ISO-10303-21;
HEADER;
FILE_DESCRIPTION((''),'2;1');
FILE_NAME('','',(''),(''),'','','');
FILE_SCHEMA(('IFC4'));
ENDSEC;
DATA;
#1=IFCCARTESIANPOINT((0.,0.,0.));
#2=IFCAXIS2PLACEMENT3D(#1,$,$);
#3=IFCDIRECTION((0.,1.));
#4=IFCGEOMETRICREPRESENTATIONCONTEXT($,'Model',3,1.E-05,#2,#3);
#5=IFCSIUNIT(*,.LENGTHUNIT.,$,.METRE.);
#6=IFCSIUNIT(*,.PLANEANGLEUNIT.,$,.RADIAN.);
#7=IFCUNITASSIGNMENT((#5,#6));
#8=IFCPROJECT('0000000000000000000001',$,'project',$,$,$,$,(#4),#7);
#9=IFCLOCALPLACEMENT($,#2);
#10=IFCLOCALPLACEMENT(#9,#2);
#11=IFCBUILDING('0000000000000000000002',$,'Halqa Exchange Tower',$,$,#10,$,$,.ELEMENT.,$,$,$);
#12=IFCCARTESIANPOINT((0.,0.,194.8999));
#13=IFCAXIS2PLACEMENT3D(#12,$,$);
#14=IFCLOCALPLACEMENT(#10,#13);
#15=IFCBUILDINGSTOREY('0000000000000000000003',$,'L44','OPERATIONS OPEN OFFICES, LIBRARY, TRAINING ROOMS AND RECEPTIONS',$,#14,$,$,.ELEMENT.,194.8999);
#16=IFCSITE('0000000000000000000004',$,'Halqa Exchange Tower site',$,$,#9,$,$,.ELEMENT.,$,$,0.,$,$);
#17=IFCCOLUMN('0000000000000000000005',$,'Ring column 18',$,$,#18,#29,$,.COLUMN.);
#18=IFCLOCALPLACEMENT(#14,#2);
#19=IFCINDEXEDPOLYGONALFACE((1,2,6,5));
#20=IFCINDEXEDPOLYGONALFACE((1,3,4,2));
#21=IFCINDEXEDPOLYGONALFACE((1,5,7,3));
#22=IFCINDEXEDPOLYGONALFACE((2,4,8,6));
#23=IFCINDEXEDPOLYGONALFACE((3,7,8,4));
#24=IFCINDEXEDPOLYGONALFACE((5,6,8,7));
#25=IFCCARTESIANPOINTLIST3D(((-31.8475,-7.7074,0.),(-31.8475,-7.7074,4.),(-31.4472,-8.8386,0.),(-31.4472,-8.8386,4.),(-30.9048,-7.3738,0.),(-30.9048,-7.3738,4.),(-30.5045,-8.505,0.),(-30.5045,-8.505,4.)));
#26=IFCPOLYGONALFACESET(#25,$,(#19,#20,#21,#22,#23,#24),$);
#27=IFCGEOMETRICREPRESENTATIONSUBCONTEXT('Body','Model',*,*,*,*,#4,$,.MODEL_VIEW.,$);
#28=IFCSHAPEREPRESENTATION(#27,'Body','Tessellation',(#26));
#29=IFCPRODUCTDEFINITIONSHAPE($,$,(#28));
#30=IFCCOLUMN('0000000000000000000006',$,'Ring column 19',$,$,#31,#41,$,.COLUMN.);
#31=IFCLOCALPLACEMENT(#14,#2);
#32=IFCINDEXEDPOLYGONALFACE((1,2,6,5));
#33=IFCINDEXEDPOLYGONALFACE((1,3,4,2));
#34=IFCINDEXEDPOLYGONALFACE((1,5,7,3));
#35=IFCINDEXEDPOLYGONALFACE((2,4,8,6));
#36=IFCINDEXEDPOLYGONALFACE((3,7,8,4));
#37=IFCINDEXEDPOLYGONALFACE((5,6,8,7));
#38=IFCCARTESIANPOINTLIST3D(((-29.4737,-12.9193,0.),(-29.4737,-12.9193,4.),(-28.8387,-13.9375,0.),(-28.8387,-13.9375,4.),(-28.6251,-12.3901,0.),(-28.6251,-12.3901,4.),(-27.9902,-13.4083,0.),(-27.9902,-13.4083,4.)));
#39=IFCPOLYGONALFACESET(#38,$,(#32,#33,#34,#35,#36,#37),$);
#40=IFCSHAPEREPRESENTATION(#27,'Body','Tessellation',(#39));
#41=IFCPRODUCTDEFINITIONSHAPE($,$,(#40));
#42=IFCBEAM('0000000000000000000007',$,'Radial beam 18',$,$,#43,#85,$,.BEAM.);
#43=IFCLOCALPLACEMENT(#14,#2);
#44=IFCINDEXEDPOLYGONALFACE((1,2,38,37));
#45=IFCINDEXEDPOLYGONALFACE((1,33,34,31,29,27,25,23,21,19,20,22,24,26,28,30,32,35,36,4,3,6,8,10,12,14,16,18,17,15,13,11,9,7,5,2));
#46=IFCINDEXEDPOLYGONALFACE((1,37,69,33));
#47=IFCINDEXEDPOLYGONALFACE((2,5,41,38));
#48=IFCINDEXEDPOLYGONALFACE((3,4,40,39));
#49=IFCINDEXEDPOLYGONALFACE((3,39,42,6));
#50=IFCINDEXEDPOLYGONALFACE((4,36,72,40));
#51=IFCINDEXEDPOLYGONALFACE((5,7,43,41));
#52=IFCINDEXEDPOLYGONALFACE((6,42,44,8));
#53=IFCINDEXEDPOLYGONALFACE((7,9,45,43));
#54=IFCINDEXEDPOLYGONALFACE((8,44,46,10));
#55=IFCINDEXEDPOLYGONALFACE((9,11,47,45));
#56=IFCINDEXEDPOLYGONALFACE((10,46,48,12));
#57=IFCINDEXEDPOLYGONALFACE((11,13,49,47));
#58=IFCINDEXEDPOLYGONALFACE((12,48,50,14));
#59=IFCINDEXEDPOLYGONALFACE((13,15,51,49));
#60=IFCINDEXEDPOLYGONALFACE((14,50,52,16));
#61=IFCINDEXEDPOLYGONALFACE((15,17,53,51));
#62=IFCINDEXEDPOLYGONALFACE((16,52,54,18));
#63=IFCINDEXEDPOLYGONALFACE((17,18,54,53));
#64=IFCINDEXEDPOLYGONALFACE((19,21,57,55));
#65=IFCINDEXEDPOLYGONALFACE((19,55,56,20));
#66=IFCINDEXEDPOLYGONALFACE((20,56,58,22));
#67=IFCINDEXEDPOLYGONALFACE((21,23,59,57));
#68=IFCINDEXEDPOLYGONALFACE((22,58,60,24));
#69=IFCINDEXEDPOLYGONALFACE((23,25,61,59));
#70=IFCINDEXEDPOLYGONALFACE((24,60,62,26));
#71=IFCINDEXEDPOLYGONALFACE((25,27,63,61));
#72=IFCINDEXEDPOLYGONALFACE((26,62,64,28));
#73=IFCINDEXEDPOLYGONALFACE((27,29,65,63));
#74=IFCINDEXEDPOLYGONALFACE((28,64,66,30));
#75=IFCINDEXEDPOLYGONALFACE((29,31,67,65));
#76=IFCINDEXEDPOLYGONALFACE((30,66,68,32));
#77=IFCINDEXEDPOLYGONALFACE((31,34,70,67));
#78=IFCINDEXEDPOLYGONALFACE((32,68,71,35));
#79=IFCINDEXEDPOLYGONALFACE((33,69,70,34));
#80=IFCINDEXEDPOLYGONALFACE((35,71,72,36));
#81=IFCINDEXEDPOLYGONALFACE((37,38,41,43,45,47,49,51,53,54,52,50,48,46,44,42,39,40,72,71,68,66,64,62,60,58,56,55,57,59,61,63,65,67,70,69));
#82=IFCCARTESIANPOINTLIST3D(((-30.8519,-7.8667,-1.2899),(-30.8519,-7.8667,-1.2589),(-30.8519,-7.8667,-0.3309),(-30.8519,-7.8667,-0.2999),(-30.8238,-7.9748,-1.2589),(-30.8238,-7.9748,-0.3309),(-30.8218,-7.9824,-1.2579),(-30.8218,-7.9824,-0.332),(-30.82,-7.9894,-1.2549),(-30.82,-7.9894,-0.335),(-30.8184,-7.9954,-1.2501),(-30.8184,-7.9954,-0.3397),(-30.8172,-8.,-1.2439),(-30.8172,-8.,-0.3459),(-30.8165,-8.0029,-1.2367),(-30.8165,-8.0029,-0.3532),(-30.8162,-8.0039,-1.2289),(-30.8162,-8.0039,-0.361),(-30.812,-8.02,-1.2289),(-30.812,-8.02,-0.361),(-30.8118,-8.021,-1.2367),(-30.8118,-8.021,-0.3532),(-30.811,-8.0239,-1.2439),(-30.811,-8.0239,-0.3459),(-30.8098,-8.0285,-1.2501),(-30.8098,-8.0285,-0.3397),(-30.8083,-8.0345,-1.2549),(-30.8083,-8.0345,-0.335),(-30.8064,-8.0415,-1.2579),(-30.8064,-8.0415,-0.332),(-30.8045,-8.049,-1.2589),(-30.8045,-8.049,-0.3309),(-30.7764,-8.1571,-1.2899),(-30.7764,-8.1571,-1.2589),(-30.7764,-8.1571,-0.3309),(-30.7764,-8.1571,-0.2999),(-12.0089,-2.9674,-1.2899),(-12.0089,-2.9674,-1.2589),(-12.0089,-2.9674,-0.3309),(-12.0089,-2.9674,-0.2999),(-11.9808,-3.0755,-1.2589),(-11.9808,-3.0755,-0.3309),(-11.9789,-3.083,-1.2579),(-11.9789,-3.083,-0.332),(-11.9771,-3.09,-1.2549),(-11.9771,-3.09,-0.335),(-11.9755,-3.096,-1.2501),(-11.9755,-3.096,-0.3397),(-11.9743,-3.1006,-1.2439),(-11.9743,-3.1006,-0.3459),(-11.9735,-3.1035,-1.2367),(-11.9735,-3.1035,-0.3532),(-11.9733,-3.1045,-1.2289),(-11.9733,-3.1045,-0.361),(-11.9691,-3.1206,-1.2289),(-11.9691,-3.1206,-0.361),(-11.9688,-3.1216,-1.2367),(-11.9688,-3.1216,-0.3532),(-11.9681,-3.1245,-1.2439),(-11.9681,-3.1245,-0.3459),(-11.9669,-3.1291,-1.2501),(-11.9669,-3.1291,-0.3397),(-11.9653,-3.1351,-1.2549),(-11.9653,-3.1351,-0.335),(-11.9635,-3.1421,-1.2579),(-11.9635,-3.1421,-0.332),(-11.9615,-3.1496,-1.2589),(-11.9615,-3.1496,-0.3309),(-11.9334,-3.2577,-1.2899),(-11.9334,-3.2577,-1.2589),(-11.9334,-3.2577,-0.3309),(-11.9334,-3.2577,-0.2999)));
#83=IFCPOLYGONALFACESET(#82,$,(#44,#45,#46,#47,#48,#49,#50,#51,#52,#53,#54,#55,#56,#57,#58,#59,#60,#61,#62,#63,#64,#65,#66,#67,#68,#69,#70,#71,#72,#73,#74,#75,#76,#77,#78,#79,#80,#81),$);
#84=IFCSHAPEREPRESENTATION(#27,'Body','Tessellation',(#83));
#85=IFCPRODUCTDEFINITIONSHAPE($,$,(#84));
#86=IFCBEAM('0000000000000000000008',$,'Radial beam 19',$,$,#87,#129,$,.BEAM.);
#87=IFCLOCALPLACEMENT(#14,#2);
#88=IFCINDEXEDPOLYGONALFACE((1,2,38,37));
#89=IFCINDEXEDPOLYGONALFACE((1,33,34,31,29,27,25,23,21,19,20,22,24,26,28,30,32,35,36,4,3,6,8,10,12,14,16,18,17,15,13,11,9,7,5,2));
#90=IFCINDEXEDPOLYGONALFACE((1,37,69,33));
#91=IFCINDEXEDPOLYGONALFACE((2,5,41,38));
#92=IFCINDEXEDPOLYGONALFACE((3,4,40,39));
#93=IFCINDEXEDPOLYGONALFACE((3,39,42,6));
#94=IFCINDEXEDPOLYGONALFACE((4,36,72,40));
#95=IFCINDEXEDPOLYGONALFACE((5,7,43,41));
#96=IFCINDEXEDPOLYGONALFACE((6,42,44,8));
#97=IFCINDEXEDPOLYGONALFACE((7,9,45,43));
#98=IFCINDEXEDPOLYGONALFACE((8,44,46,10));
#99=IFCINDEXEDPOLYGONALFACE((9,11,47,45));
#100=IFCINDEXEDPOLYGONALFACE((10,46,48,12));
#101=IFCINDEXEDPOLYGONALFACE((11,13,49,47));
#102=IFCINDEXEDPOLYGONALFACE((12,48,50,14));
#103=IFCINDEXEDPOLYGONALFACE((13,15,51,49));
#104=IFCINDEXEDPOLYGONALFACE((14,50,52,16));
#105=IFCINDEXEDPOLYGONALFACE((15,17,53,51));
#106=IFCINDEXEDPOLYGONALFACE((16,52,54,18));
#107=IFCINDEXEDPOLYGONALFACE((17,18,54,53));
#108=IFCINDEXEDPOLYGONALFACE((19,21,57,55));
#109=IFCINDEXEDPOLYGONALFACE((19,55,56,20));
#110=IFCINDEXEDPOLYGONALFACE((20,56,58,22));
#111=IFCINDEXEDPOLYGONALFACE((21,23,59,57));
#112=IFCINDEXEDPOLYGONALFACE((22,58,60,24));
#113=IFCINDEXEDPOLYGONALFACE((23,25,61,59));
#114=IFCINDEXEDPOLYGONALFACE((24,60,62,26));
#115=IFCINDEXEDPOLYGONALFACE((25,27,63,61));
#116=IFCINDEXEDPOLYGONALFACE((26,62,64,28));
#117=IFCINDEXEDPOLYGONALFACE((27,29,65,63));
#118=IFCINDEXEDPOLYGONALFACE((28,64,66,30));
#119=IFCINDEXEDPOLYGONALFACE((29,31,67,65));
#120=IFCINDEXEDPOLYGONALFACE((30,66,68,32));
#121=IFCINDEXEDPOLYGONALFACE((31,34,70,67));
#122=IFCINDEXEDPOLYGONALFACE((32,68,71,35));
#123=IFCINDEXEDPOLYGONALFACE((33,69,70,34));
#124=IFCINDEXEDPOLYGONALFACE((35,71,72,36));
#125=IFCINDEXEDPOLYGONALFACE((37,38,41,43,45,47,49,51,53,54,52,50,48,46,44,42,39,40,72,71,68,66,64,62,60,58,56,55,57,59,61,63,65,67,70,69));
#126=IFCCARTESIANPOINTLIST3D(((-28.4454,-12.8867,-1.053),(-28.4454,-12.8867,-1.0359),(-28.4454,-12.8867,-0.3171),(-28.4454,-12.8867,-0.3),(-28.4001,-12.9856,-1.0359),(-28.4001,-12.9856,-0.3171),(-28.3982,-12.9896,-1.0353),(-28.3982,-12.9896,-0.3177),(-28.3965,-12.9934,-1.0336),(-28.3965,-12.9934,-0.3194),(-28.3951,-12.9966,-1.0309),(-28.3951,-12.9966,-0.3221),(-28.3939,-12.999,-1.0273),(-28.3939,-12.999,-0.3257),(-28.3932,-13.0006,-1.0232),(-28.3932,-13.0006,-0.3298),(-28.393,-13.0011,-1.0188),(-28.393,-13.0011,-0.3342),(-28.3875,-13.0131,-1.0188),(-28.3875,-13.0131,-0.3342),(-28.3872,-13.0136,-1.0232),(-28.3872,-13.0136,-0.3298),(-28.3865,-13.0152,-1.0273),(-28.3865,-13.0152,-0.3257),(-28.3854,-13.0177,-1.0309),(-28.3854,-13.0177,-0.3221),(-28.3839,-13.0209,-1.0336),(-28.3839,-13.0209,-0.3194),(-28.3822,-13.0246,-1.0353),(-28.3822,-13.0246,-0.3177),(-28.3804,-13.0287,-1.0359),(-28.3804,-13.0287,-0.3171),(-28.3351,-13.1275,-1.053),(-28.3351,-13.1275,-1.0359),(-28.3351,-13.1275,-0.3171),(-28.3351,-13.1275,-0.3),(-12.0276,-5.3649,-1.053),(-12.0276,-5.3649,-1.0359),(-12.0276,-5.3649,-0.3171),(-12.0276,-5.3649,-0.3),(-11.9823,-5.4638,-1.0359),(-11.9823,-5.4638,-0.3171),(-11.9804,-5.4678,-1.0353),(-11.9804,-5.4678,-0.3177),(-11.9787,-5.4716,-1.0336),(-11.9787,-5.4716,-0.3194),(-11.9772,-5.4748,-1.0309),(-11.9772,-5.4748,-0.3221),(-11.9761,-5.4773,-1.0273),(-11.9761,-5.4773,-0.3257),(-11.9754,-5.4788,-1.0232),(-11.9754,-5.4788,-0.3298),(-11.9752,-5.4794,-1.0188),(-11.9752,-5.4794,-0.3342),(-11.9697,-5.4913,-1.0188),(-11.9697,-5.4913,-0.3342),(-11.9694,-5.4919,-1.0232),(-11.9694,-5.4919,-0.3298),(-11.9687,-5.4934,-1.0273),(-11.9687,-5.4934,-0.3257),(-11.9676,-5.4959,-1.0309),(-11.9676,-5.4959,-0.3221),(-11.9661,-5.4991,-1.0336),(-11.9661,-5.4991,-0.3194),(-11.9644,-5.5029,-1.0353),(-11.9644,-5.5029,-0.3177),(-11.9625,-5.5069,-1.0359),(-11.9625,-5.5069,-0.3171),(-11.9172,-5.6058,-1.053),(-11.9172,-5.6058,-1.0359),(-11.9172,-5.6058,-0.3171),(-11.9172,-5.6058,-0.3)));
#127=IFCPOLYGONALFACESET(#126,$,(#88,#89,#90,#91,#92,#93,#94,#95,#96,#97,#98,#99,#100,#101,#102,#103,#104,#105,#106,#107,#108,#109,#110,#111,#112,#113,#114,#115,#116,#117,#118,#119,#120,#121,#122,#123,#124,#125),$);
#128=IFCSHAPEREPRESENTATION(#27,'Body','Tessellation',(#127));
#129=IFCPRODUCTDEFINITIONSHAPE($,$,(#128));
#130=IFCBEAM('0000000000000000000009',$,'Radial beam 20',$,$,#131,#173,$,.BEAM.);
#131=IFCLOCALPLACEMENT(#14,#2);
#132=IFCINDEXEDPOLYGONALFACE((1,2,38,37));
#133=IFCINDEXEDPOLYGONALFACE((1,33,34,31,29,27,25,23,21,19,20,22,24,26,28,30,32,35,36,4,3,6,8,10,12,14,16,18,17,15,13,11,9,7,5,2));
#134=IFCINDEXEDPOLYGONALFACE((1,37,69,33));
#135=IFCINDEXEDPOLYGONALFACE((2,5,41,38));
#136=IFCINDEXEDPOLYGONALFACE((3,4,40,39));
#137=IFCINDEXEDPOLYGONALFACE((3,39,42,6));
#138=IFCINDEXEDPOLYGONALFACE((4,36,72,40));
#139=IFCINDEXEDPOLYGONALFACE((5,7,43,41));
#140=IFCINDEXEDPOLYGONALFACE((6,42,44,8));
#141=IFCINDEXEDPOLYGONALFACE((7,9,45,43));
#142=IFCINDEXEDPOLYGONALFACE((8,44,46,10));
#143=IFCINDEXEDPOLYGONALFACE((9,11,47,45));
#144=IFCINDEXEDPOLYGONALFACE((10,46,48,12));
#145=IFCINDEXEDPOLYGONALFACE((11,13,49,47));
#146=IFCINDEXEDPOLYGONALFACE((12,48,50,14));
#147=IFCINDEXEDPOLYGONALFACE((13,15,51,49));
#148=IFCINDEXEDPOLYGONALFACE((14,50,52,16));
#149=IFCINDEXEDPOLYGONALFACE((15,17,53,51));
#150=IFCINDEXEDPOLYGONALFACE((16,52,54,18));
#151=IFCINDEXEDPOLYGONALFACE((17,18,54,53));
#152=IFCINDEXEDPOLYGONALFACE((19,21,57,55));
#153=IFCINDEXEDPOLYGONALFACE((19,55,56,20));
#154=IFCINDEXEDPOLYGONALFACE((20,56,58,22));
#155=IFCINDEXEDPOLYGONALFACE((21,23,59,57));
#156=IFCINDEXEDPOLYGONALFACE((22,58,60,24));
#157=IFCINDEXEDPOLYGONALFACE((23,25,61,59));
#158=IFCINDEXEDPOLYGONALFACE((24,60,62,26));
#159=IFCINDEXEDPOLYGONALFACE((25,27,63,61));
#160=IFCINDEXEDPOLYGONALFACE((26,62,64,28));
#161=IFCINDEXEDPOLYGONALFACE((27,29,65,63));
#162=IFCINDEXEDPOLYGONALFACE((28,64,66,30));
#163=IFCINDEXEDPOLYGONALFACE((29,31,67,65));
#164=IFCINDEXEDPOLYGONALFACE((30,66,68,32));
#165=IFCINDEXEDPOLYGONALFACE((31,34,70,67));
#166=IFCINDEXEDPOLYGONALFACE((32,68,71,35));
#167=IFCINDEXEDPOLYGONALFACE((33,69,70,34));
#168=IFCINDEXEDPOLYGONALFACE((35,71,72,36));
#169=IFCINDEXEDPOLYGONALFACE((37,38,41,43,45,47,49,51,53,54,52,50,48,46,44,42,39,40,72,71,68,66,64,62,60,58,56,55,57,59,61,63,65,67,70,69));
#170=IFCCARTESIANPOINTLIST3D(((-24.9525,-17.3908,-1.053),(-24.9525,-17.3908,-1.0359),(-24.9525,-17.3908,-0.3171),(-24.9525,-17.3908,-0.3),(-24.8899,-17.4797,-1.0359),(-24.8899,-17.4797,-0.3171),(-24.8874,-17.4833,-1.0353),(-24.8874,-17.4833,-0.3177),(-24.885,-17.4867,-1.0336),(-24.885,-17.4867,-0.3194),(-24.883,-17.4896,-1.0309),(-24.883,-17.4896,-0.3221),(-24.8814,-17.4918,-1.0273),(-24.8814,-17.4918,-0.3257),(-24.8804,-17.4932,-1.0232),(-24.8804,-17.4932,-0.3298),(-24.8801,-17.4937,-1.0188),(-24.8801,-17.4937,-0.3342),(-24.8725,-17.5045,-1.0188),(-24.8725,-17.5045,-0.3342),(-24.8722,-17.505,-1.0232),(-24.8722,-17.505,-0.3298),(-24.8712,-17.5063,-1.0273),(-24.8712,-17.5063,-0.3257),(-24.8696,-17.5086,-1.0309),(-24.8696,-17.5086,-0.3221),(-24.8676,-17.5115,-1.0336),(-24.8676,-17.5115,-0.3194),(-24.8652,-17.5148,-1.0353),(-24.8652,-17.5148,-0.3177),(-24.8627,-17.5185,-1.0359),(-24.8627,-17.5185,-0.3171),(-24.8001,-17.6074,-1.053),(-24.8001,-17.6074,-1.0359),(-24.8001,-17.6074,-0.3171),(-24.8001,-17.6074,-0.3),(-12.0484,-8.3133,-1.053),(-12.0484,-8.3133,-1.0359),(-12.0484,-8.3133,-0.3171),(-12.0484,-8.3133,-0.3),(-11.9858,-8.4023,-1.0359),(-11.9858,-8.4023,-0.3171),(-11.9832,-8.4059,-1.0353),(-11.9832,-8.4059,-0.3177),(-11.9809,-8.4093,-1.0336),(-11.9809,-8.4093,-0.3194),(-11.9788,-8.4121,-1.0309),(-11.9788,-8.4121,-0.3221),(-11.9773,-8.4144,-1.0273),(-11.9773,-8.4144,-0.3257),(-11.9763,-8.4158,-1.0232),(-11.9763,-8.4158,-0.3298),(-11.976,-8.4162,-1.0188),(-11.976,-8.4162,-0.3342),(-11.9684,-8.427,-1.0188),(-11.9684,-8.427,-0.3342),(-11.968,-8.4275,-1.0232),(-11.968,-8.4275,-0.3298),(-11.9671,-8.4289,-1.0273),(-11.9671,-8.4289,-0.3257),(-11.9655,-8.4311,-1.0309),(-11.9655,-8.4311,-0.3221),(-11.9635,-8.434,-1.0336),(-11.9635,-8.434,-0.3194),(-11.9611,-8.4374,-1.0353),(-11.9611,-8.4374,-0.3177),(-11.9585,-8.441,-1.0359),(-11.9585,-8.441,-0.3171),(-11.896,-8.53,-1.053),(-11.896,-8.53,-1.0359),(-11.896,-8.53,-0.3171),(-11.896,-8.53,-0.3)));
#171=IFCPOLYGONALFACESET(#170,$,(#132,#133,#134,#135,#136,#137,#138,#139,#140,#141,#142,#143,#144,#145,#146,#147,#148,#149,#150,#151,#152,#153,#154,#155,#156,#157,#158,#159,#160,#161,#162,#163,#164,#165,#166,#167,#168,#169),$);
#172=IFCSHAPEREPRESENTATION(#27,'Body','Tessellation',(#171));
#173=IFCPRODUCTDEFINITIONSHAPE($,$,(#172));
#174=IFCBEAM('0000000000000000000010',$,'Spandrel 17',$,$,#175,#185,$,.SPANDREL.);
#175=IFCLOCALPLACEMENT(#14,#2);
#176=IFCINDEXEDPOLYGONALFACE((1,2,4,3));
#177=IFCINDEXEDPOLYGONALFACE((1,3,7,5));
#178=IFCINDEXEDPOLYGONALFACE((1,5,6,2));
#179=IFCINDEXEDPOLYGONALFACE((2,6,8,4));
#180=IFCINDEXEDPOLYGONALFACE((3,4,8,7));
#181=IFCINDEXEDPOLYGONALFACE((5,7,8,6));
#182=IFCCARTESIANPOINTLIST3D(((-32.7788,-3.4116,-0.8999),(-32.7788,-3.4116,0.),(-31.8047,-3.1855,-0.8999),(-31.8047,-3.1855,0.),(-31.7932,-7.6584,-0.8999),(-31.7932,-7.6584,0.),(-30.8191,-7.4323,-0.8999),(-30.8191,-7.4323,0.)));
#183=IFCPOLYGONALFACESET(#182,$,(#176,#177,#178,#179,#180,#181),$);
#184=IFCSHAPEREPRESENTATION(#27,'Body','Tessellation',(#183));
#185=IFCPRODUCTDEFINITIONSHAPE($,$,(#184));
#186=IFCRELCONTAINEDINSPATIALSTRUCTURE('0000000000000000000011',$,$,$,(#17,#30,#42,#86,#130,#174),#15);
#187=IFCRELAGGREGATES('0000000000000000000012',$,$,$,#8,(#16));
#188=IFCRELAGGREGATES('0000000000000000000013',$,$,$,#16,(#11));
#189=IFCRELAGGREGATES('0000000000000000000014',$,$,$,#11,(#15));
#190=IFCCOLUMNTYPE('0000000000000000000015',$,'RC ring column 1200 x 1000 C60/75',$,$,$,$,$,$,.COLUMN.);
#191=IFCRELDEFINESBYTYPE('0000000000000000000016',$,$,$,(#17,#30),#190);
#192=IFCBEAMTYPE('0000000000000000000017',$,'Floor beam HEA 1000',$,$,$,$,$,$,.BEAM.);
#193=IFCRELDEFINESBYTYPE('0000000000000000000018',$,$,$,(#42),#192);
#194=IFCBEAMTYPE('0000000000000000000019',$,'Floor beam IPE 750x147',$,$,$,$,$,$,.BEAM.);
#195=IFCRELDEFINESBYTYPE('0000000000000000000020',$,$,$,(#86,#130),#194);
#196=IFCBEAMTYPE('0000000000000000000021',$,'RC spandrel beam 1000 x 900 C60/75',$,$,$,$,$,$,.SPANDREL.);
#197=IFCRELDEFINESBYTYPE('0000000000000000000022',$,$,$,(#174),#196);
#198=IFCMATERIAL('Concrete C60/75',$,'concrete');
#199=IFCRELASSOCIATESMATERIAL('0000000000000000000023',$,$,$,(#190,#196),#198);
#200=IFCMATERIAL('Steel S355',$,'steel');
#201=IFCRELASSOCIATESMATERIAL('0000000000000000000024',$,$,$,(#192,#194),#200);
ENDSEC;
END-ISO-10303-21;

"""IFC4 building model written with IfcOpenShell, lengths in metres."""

from ifc_helpers import new_model, si_unit, direction, frame, origin, origin_2d, place, context, subcontext, project, spatial, rectangle, i_section, extrude, material, material_profile, profile_set, type_object, element, save


model = new_model("IFC4")

# Units and contexts
model_context = context("Model", 3, precision=1e-05, world=origin(), true_north=direction((0.0, 1.0)))
body_context = subcontext(model_context, "Body", "Model", "MODEL_VIEW")
ifc_project = project(units=[si_unit("LENGTHUNIT", "METRE"), si_unit("PLANEANGLEUNIT", "RADIAN")], contexts=[model_context])

# Site, building, storey
site_placement = place(None, origin())
site = spatial("IfcSite", under=ifc_project, at=site_placement, Name="Halqa Exchange Tower site", CompositionType="ELEMENT", RefElevation=0.0)
building_placement = place(site_placement, origin())
building = spatial("IfcBuilding", under=site, at=building_placement, Name="Halqa Exchange Tower", CompositionType="ELEMENT")
storey_placement = place(building_placement, frame((0.0, 0.0, 194.8999)))
storey = spatial("IfcBuildingStorey", under=building, at=storey_placement, Name="L44", Description="OPERATIONS OPEN OFFICES, LIBRARY, TRAINING ROOMS AND RECEPTIONS", CompositionType="ELEMENT", Elevation=194.8999)

# Columns
ifc_material_1 = material(Name="Concrete C60/75", Category="concrete")
ifc_material_profile_1 = material_profile(ifc_material_1, rectangle(XDim=1.2, YDim=1.0, at=origin_2d()), Name="1200 x 1000")
ifc_profile_set_1 = profile_set([ifc_material_profile_1], Name="Concrete C60/75")
column_type = type_object("IfcColumnType", Name="RC ring column 1200 x 1000 C60/75", PredefinedType="COLUMN", material=ifc_profile_set_1)
for number, where, z_axis, x_axis, name in (
    (1, (-31.176, -8.1062, 0.0), (0.0, 0.0, 1.0), (0.333626, -0.942706, 0.0), "Ring column 18"),
    (2, (-28.7319, -13.1638, 0.0), (0.0, 0.0, 1.0), (0.529145, -0.848531, 0.0), "Ring column 19"),
):
    element("IfcColumn", number, at=place(storey_placement, frame(where, z_axis=z_axis, x_axis=x_axis)), inside=storey, type_object=column_type, Name=name, PredefinedType="COLUMN", context=body_context, shape_type="SweptSolid", body=[
        extrude(rectangle(XDim=1.2, YDim=1.0, at=origin_2d()), origin(), (0.0, 0.0, 1.0), 4.0),
    ])

# Beams
ifc_material_2 = material(Name="Steel S355", Category="steel")
ifc_material_profile_2 = material_profile(ifc_material_2, i_section(OverallWidth=0.3, OverallDepth=0.99, WebThickness=0.0166, FlangeThickness=0.031, FilletRadius=0.03, at=origin_2d()), Name="HEA 1000")
ifc_profile_set_2 = profile_set([ifc_material_profile_2], Name="Steel S355")
beam_type_1 = type_object("IfcBeamType", Name="Floor beam HEA 1000", PredefinedType="BEAM", material=ifc_profile_set_2)
beam_1_placement = place(storey_placement, frame((-11.9712, -3.1125, -0.7949), z_axis=(-0.96782, -0.251645, 0.0), x_axis=(0.251645, -0.96782, 0.0)))
element("IfcBeam", 3, at=beam_1_placement, inside=storey, type_object=beam_type_1, Name="Radial beam 18", PredefinedType="BEAM", context=body_context, shape_type="SweptSolid", body=[
    extrude(i_section(OverallWidth=0.3, OverallDepth=0.99, WebThickness=0.0166, FlangeThickness=0.031, FilletRadius=0.03, at=origin_2d()), origin(), (0.0, 0.0, 1.0), 19.4695),
])
ifc_material_profile_3 = material_profile(ifc_material_2, i_section(OverallWidth=0.2649, OverallDepth=0.7529, WebThickness=0.0132, FlangeThickness=0.0171, FilletRadius=0.0171, at=origin_2d()), Name="IPE 750x147")
ifc_profile_set_3 = profile_set([ifc_material_profile_3], Name="Steel S355")
beam_type_2 = type_object("IfcBeamType", Name="Floor beam IPE 750x147", PredefinedType="BEAM", material=ifc_profile_set_3)
beam_2_placement = place(storey_placement, frame((-11.9724, -5.4854, -0.6765), z_axis=(-0.909129, -0.416515, 0.0), x_axis=(0.416515, -0.909129, 0.0)))
element("IfcBeam", 4, at=beam_2_placement, inside=storey, type_object=beam_type_2, Name="Radial beam 19", PredefinedType="BEAM", context=body_context, shape_type="SweptSolid", body=[
    extrude(i_section(OverallWidth=0.2649, OverallDepth=0.7529, WebThickness=0.0132, FlangeThickness=0.0171, FilletRadius=0.0171, at=origin_2d()), origin(), (0.0, 0.0, 1.0), 18.0588),
])
beam_3_placement = place(storey_placement, frame((-11.9722, -8.4216, -0.6765), z_axis=(-0.817903, -0.575356, 0.0), x_axis=(0.575356, -0.817903, 0.0)))
element("IfcBeam", 5, at=beam_3_placement, inside=storey, type_object=beam_type_2, Name="Radial beam 20", PredefinedType="BEAM", context=body_context, shape_type="SweptSolid", body=[
    extrude(i_section(OverallWidth=0.2649, OverallDepth=0.7529, WebThickness=0.0132, FlangeThickness=0.0171, FilletRadius=0.0171, at=origin_2d()), origin(), (0.0, 0.0, 1.0), 15.7771),
])
ifc_material_profile_4 = material_profile(ifc_material_1, rectangle(XDim=1.0, YDim=0.8999, at=origin_2d()), Name="1000 x 900")
ifc_profile_set_4 = profile_set([ifc_material_profile_4], Name="Concrete C60/75")
beam_type_3 = type_object("IfcBeamType", Name="RC spandrel beam 1000 x 900 C60/75", PredefinedType="SPANDREL", material=ifc_profile_set_4)
beam_4_placement = place(storey_placement, frame((-32.2917, -3.2986, -0.45), z_axis=(0.22607, -0.974111, 0.0), x_axis=(0.974111, 0.22607, 0.0)))
element("IfcBeam", 6, at=beam_4_placement, inside=storey, type_object=beam_type_3, Name="Spandrel 17", PredefinedType="SPANDREL", context=body_context, shape_type="SweptSolid", body=[
    extrude(rectangle(XDim=1.0, YDim=0.8999, at=origin_2d()), origin(), (0.0, 0.0, 1.0), 4.3596),
])

save(model, "model.ifc")
